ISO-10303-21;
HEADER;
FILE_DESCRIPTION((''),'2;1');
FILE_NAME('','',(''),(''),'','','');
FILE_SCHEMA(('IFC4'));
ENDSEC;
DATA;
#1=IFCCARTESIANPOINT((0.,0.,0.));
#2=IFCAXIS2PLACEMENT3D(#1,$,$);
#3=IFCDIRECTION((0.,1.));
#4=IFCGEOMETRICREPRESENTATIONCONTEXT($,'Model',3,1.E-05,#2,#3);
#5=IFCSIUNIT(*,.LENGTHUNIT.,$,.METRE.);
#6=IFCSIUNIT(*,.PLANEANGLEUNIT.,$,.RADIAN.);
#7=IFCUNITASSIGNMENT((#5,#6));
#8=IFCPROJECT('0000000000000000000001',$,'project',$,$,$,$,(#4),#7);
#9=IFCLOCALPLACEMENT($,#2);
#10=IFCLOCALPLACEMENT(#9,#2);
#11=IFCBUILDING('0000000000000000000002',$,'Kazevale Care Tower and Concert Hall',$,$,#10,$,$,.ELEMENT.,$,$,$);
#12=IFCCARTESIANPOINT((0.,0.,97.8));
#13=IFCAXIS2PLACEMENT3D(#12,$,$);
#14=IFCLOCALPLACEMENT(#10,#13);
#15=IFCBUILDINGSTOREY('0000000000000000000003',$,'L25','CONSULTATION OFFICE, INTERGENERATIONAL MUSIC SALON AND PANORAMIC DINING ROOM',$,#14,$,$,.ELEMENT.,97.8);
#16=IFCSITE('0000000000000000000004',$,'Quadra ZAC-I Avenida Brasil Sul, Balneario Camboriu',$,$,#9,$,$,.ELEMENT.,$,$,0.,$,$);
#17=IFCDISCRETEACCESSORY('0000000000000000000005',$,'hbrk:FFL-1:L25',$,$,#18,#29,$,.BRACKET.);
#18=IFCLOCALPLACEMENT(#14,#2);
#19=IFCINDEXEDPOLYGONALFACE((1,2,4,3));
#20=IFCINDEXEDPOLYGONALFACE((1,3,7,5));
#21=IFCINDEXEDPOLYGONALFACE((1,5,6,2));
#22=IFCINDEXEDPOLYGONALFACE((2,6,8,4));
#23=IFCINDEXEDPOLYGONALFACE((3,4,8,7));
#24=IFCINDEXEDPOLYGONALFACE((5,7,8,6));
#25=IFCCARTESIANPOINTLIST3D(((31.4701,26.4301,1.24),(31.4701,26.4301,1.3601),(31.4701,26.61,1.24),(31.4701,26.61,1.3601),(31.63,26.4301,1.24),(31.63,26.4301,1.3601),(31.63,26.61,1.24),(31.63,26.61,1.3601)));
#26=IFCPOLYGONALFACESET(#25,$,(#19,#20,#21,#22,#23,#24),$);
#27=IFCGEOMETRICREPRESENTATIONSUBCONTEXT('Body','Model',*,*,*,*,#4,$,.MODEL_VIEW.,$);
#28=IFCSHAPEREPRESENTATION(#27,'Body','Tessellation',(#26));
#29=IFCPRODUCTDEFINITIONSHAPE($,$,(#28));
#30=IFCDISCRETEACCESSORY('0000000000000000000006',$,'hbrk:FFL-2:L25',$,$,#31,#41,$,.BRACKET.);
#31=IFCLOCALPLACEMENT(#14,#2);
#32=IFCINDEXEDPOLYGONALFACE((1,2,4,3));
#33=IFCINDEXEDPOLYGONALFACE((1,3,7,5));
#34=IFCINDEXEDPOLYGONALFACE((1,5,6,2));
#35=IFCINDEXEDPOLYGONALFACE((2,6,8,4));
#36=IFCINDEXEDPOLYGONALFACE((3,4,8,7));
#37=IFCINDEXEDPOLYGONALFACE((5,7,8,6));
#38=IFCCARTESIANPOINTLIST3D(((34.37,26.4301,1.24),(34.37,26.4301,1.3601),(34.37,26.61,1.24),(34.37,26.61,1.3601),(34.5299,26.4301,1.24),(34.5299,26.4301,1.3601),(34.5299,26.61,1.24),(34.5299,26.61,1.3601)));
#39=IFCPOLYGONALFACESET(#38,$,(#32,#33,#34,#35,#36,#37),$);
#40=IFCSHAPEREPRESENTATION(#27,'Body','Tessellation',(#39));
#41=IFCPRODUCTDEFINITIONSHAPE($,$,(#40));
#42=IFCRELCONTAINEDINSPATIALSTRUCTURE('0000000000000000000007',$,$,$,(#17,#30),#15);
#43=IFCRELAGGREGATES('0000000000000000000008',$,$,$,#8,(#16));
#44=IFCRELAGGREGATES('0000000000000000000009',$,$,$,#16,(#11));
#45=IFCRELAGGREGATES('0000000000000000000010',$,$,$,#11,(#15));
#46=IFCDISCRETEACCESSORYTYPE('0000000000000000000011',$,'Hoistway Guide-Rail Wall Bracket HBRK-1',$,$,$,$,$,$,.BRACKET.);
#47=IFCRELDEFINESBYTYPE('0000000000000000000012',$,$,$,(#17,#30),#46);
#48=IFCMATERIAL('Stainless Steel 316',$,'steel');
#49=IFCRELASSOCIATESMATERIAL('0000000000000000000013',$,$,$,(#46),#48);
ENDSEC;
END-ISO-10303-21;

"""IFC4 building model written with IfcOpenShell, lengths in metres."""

from ifc_helpers import new_model, si_unit, direction, frame, origin, origin_2d, place, context, subcontext, project, spatial, rectangle, extrude, material, type_object, element, save


model = new_model("IFC4")

# Units and contexts
model_context = context("Model", 3, precision=1e-05, world=origin(), true_north=direction((0.0, 1.0)))
body_context = subcontext(model_context, "Body", "Model", "MODEL_VIEW")
ifc_project = project(units=[si_unit("LENGTHUNIT", "METRE"), si_unit("PLANEANGLEUNIT", "RADIAN")], contexts=[model_context])

# Site, building, storey
site_placement = place(None, origin())
site = spatial("IfcSite", under=ifc_project, at=site_placement, Name="Quadra ZAC-I Avenida Brasil Sul, Balneario Camboriu", CompositionType="ELEMENT", RefElevation=0.0)
building_placement = place(site_placement, origin())
building = spatial("IfcBuilding", under=site, at=building_placement, Name="Kazevale Care Tower and Concert Hall", CompositionType="ELEMENT")
storey_placement = place(building_placement, frame((0.0, 0.0, 97.8)))
storey = spatial("IfcBuildingStorey", under=building, at=storey_placement, Name="L25", Description="CONSULTATION OFFICE, INTERGENERATIONAL MUSIC SALON AND PANORAMIC DINING ROOM", CompositionType="ELEMENT", Elevation=97.8)

# Shared definitions
ifc_material_1 = material(Name="Stainless Steel 316", Category="steel")

# Discrete accessories
discrete_accessory_type = type_object("IfcDiscreteAccessoryType", Name="Hoistway Guide-Rail Wall Bracket HBRK-1", PredefinedType="BRACKET", material=ifc_material_1)
for number, where, z_axis, x_axis, name in (
    (1, (31.55, 26.52, 1.24), (0.0, 0.0, 1.0), (1.0, 0.0, 0.0), "hbrk:FFL-1:L25"),
    (2, (34.45, 26.52, 1.24), (0.0, 0.0, 1.0), (1.0, 0.0, 0.0), "hbrk:FFL-2:L25"),
):
    element("IfcDiscreteAccessory", number, at=place(storey_placement, frame(where, z_axis=z_axis, x_axis=x_axis)), inside=storey, type_object=discrete_accessory_type, Name=name, PredefinedType="BRACKET", context=body_context, shape_type="SweptSolid", body=[
        extrude(rectangle(XDim=0.1599, YDim=0.1799, at=origin_2d()), origin(), (0.0, 0.0, 1.0), 0.1201),
    ])

save(model, "model.ifc")
